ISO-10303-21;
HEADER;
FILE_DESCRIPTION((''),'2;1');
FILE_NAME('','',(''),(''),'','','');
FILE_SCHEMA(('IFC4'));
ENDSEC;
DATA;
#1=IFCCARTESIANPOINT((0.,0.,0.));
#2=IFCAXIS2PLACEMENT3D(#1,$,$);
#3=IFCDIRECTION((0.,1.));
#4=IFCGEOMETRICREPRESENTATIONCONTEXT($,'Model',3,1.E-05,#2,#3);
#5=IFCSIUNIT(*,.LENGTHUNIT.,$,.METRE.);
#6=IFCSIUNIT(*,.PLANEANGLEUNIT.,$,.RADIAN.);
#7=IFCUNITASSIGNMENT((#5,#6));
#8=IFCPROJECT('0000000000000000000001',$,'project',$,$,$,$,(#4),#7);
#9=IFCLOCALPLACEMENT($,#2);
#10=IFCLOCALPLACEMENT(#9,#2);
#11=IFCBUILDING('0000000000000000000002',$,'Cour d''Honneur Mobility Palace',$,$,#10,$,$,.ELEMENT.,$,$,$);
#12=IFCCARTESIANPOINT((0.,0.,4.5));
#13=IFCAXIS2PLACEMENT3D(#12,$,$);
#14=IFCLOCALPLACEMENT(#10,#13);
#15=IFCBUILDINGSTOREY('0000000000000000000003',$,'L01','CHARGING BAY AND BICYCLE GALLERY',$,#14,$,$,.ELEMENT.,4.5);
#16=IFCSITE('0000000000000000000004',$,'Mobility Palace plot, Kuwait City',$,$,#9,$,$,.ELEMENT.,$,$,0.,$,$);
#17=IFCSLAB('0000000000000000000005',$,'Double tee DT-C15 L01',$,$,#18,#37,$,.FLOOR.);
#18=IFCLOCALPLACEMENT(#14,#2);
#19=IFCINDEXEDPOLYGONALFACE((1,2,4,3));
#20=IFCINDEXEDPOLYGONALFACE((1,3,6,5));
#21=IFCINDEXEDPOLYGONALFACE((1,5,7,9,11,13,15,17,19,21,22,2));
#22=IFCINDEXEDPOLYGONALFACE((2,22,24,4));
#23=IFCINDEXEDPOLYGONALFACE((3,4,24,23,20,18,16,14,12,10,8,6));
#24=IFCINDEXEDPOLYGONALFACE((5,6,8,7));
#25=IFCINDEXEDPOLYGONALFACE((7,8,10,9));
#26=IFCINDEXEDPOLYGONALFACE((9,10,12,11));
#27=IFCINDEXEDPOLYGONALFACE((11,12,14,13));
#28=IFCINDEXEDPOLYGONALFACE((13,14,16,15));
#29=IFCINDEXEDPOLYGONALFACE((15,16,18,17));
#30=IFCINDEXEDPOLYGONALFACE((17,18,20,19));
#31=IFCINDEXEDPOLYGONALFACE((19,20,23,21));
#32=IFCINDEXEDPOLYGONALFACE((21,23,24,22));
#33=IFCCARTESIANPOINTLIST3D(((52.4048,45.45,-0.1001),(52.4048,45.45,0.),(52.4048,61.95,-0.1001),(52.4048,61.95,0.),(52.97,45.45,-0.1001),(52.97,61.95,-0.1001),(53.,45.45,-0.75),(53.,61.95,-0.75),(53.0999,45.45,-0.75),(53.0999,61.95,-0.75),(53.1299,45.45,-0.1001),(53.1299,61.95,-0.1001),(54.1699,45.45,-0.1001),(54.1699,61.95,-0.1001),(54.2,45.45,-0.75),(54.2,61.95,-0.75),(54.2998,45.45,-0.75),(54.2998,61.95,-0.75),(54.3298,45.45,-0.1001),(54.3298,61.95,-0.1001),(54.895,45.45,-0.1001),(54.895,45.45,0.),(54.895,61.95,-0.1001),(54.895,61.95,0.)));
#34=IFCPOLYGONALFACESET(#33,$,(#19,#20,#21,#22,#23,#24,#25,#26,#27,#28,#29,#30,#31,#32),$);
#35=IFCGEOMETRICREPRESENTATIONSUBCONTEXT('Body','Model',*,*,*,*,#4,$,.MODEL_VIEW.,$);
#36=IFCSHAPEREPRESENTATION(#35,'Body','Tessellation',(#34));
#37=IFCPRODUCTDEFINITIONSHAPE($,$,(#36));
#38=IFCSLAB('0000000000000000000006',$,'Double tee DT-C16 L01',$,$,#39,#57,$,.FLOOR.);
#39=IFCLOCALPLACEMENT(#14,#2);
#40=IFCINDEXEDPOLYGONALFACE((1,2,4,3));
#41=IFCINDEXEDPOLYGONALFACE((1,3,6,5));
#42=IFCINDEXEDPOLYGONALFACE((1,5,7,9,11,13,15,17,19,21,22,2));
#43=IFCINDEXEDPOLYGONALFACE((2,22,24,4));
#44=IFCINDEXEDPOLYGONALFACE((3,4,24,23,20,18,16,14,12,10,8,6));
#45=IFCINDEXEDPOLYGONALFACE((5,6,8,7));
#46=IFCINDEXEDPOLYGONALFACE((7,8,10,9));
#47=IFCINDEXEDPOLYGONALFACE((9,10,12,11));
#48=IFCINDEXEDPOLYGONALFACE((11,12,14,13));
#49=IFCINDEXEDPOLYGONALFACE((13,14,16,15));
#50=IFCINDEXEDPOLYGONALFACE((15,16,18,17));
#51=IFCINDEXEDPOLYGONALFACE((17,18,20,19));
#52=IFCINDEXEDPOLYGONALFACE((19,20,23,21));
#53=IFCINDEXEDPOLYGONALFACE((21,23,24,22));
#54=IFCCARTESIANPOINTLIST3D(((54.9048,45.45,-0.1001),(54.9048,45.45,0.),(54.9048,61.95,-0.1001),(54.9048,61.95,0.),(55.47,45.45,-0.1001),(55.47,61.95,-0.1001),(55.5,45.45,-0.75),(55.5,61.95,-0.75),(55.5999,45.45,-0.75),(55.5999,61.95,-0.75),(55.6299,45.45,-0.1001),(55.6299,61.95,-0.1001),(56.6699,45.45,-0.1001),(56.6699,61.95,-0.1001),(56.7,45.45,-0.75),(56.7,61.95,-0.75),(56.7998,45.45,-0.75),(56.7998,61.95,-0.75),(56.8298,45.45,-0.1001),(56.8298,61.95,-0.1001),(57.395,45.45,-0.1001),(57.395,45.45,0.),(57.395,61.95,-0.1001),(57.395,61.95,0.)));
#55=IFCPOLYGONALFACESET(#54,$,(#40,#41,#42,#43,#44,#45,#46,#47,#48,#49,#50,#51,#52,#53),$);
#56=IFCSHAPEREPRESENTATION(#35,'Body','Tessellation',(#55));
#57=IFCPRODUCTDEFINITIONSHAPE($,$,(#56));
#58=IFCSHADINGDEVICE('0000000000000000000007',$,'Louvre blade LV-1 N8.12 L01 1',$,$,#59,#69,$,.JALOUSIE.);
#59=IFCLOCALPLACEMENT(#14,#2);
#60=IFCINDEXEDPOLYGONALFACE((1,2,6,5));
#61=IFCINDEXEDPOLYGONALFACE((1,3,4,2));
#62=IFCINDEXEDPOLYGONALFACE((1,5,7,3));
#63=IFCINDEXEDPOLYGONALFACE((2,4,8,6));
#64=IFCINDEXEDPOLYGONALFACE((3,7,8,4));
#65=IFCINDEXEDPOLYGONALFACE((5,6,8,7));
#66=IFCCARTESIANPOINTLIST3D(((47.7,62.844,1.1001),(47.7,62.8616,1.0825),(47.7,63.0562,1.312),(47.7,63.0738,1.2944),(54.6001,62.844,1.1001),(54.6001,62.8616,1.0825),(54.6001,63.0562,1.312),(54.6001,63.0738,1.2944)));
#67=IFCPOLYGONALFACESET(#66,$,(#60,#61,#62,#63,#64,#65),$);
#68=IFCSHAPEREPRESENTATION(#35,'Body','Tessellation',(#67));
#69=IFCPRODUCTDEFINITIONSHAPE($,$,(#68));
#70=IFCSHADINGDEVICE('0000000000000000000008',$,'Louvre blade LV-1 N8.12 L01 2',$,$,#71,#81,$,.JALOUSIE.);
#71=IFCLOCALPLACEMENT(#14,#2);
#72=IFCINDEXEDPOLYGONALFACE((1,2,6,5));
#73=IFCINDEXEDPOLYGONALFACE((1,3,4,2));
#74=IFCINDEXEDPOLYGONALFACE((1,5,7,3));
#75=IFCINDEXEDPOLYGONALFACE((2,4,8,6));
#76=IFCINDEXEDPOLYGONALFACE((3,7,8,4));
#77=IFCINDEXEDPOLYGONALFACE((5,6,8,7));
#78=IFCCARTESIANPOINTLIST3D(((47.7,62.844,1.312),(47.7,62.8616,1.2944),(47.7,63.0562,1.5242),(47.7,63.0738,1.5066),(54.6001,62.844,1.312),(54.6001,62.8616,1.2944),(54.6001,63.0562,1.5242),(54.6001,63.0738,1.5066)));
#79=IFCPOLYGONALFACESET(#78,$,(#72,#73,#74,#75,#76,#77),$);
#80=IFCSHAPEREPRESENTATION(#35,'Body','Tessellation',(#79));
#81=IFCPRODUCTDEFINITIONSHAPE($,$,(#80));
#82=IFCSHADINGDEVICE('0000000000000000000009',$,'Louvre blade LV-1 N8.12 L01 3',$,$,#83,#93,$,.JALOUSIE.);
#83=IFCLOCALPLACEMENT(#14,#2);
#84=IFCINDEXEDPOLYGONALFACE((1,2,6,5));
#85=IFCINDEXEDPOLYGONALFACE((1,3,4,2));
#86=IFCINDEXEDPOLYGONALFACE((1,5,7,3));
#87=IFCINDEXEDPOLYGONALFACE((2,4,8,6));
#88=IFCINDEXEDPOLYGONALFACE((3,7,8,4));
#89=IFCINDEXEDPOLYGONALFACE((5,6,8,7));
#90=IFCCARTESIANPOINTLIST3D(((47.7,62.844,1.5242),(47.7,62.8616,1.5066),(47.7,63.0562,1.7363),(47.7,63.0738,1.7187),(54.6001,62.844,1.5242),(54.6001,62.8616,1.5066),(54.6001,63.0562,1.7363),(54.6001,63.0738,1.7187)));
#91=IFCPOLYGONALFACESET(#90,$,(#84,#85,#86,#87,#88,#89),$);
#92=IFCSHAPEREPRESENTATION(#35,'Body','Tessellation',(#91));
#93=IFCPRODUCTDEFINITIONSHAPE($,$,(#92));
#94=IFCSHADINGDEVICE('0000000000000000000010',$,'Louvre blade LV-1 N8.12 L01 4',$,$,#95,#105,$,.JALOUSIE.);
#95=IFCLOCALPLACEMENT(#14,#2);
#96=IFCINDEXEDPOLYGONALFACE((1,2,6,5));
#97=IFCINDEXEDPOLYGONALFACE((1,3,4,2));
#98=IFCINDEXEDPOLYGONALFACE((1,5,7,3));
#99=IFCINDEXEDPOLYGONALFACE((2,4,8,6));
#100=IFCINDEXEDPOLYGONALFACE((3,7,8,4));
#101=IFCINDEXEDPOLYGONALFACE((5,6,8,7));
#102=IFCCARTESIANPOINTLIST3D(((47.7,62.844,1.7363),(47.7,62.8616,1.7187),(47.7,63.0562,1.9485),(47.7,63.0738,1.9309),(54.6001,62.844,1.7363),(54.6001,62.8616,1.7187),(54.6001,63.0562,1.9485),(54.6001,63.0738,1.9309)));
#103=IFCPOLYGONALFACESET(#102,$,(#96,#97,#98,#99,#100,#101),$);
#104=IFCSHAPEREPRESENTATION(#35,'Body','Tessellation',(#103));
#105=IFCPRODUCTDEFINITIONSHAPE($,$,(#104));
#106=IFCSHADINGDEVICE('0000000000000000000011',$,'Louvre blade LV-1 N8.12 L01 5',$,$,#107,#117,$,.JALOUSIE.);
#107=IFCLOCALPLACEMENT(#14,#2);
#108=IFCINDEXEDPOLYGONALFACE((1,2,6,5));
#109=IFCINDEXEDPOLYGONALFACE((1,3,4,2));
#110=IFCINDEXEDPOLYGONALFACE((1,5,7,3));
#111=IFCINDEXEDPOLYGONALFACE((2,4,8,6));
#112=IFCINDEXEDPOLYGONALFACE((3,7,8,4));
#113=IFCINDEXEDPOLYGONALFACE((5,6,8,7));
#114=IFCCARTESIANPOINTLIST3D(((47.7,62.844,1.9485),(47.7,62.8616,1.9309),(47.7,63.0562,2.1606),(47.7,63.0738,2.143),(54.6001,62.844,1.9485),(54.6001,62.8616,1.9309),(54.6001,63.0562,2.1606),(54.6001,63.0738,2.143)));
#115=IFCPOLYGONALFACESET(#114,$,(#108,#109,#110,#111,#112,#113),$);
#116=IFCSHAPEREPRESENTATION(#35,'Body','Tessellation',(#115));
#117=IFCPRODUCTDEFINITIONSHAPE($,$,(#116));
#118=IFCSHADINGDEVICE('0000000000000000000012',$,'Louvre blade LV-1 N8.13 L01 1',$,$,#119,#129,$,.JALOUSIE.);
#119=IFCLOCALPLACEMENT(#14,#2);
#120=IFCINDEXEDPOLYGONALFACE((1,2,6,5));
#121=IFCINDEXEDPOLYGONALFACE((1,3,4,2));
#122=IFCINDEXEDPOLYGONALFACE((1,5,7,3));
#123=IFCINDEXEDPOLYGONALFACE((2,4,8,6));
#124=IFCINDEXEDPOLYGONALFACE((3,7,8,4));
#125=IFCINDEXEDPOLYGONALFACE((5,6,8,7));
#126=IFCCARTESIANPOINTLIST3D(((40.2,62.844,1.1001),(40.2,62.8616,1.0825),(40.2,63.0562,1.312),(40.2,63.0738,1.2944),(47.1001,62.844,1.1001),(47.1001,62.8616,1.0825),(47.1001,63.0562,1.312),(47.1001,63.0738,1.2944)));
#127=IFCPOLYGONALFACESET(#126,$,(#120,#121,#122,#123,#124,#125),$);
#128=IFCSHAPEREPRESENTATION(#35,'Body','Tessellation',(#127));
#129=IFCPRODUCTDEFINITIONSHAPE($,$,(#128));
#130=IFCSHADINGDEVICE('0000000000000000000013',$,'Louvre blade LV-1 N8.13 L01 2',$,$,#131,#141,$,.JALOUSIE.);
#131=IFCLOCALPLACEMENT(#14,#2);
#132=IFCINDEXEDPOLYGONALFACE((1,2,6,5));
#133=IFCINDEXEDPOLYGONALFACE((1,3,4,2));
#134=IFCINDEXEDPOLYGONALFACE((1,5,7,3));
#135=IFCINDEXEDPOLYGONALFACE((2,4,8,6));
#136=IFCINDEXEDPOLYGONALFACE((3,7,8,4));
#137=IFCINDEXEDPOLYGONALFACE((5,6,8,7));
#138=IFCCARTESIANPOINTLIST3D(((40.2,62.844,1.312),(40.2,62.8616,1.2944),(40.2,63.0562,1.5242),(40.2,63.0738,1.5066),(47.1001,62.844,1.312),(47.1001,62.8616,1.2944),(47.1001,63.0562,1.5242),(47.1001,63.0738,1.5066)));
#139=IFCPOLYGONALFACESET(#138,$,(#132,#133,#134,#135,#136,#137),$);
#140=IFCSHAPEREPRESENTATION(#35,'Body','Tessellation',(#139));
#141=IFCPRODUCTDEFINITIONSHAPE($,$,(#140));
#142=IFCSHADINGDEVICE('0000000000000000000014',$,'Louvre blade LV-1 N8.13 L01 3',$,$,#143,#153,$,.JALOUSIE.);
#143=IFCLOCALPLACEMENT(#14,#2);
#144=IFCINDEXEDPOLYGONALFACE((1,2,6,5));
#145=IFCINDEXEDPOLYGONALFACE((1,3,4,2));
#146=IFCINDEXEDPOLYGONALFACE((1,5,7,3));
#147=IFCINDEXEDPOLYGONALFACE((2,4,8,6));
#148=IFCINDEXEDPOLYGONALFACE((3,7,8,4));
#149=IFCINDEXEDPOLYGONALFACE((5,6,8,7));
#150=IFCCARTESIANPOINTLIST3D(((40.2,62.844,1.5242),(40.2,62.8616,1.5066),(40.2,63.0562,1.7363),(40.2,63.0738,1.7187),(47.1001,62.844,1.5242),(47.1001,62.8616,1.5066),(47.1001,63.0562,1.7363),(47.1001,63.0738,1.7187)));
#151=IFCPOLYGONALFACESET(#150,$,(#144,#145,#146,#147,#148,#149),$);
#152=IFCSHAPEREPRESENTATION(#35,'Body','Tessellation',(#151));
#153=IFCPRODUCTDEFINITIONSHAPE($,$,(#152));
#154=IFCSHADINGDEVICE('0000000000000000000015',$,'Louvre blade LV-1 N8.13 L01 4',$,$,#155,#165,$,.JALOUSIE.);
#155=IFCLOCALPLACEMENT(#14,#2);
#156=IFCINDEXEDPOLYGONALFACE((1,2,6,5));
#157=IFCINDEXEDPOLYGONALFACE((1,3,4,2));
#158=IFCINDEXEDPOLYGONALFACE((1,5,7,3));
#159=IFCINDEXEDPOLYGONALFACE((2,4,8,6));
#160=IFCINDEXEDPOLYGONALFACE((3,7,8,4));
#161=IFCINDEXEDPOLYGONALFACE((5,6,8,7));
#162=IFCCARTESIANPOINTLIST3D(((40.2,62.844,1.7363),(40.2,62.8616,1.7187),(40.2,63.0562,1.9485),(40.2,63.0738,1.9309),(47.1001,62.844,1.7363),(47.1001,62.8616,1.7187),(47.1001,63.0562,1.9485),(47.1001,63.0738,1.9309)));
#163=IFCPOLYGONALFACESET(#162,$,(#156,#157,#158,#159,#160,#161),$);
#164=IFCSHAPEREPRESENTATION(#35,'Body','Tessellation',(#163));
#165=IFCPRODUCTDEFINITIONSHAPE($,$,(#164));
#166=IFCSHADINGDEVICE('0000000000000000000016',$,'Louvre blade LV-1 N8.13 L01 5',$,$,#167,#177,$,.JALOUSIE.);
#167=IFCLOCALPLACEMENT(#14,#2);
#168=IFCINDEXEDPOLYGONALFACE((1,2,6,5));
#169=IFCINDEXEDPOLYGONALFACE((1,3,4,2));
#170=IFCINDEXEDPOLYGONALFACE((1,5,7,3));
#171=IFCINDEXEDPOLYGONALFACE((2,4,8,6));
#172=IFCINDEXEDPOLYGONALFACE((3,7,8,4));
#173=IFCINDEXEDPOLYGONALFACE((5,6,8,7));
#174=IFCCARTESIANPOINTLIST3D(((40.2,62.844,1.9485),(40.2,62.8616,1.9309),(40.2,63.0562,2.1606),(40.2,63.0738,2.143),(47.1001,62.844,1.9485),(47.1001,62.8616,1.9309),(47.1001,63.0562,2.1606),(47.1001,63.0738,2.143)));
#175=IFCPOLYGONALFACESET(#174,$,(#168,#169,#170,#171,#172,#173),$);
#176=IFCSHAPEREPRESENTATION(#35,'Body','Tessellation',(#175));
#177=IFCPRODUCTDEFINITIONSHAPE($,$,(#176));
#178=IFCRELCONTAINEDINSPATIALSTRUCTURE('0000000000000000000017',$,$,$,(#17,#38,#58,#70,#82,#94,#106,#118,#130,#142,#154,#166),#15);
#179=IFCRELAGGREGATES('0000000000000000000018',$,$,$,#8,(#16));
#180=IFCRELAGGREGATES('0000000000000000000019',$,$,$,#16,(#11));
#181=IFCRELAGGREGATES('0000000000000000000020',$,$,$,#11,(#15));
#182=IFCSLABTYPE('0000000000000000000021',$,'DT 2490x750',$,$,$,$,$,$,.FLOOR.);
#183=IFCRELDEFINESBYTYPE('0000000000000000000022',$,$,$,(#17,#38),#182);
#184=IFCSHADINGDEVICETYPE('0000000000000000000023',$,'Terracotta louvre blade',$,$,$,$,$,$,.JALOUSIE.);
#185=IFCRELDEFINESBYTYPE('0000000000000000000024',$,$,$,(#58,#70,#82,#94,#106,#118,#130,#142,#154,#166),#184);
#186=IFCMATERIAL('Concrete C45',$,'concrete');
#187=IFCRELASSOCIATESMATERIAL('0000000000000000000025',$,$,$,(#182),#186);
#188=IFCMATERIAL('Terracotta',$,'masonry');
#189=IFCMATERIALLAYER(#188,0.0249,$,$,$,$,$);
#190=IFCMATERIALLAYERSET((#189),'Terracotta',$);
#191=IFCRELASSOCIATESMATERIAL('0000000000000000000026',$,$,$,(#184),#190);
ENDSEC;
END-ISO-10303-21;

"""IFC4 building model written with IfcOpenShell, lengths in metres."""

from ifc_helpers import new_model, si_unit, direction, frame, origin, place, context, subcontext, project, spatial, polyline, outline, extrude, material, layer, layer_set, material_profile, profile_set, type_object, element, save


model = new_model("IFC4")

# Units and contexts
model_context = context("Model", 3, precision=1e-05, world=origin(), true_north=direction((0.0, 1.0)))
body_context = subcontext(model_context, "Body", "Model", "MODEL_VIEW")
ifc_project = project(units=[si_unit("LENGTHUNIT", "METRE"), si_unit("PLANEANGLEUNIT", "RADIAN")], contexts=[model_context])

# Site, building, storey
site_placement = place(None, origin())
site = spatial("IfcSite", under=ifc_project, at=site_placement, Name="Mobility Palace plot, Kuwait City", CompositionType="ELEMENT", RefElevation=0.0)
building_placement = place(site_placement, origin())
building = spatial("IfcBuilding", under=site, at=building_placement, Name="Cour d'Honneur Mobility Palace", CompositionType="ELEMENT")
storey_placement = place(building_placement, frame((0.0, 0.0, 4.5)))
storey = spatial("IfcBuildingStorey", under=building, at=storey_placement, Name="L01", Description="CHARGING BAY AND BICYCLE GALLERY", CompositionType="ELEMENT", Elevation=4.5)

# Slabs
ifc_material_1 = material(Name="Concrete C45", Category="concrete")
ifc_material_profile_1 = material_profile(ifc_material_1, outline(polyline([(-1.2451, 0.0), (1.2451, 0.0), (1.2451, -0.1001), (0.6799, -0.1001), (0.6499, -0.75), (0.55, -0.75), (0.52, -0.1001), (-0.52, -0.1001), (-0.55, -0.75), (-0.6499, -0.75), (-0.6799, -0.1001), (-1.2451, -0.1001), (-1.2451, 0.0)])), Name="DT 2490x750")
ifc_profile_set_1 = profile_set([ifc_material_profile_1], Name="Concrete C45")
slab_type = type_object("IfcSlabType", Name="DT 2490x750", PredefinedType="FLOOR", material=ifc_profile_set_1)
for number, where, z_axis, x_axis, name in (
    (1, (53.6499, 45.45, 0.0), (0.0, 1.0, 0.0), (-1.0, 0.0, 0.0), "Double tee DT-C15 L01"),
    (2, (56.1499, 45.45, 0.0), (0.0, 1.0, 0.0), (-1.0, 0.0, 0.0), "Double tee DT-C16 L01"),
):
    element("IfcSlab", number, at=place(storey_placement, frame(where, z_axis=z_axis, x_axis=x_axis)), inside=storey, type_object=slab_type, Name=name, PredefinedType="FLOOR", context=body_context, shape_type="SweptSolid", body=[
        extrude(outline(polyline([(-1.2451, 0.0), (1.2451, 0.0), (1.2451, -0.1001), (0.6799, -0.1001), (0.6499, -0.75), (0.55, -0.75), (0.52, -0.1001), (-0.52, -0.1001), (-0.55, -0.75), (-0.6499, -0.75), (-0.6799, -0.1001), (-1.2451, -0.1001), (-1.2451, 0.0)])), origin(), (0.0, 0.0, 1.0), 16.5),
    ])

# Shading devices
ifc_material_2 = material(Name="Terracotta", Category="masonry")
ifc_layer = layer(ifc_material_2, 0.0249)
ifc_layer_set = layer_set([ifc_layer], Name="Terracotta")
shading_device_type = type_object("IfcShadingDeviceType", Name="Terracotta louvre blade", PredefinedType="JALOUSIE", material=ifc_layer_set)
shading_device_1_placement = place(storey_placement, frame((54.6001, 62.844, 1.1001), z_axis=(0.0, -0.7067, 0.707514), x_axis=(-1.0, 0.0, 0.0)))
element("IfcShadingDevice", 3, at=shading_device_1_placement, inside=storey, type_object=shading_device_type, Name="Louvre blade LV-1 N8.12 L01 1", PredefinedType="JALOUSIE", context=body_context, shape_type="SweptSolid", body=[
    extrude(outline(polyline([(0.0, 0.0), (6.9001, 0.0), (6.9001, -0.2999), (0.0, -0.2999), (0.0, 0.0)])), origin(), (0.0, 0.0, -1.0), 0.0249),
])
for number, where, z_axis, x_axis, name in (
    (4, (54.6001, 62.844, 1.312), (0.0, -0.707107, 0.707107), (-1.0, 0.0, 0.0), "Louvre blade LV-1 N8.12 L01 2"),
    (5, (54.6001, 62.844, 1.5242), (0.0, -0.707107, 0.707107), (-1.0, 0.0, 0.0), "Louvre blade LV-1 N8.12 L01 3"),
    (6, (54.6001, 62.844, 1.7363), (0.0, -0.707107, 0.707107), (-1.0, 0.0, 0.0), "Louvre blade LV-1 N8.12 L01 4"),
    (7, (54.6001, 62.844, 1.9485), (0.0, -0.707107, 0.707107), (-1.0, 0.0, 0.0), "Louvre blade LV-1 N8.12 L01 5"),
):
    element("IfcShadingDevice", number, at=place(storey_placement, frame(where, z_axis=z_axis, x_axis=x_axis)), inside=storey, type_object=shading_device_type, Name=name, PredefinedType="JALOUSIE", context=body_context, shape_type="SweptSolid", body=[
        extrude(outline(polyline([(0.0, 0.0), (6.9001, 0.0), (6.9001, -0.3), (0.0, -0.3), (0.0, 0.0)])), origin(), (0.0, 0.0, -1.0), 0.0249),
    ])
shading_device_2_placement = place(storey_placement, frame((47.1001, 62.844, 1.1001), z_axis=(0.0, -0.7067, 0.707514), x_axis=(-1.0, 0.0, 0.0)))
element("IfcShadingDevice", 8, at=shading_device_2_placement, inside=storey, type_object=shading_device_type, Name="Louvre blade LV-1 N8.13 L01 1", PredefinedType="JALOUSIE", context=body_context, shape_type="SweptSolid", body=[
    extrude(outline(polyline([(0.0, 0.0), (6.9001, 0.0), (6.9001, -0.2999), (0.0, -0.2999), (0.0, 0.0)])), origin(), (0.0, 0.0, -1.0), 0.0249),
])
for number, where, z_axis, x_axis, name in (
    (9, (47.1001, 62.844, 1.312), (0.0, -0.707107, 0.707107), (-1.0, 0.0, 0.0), "Louvre blade LV-1 N8.13 L01 2"),
    (10, (47.1001, 62.844, 1.5242), (0.0, -0.707107, 0.707107), (-1.0, 0.0, 0.0), "Louvre blade LV-1 N8.13 L01 3"),
    (11, (47.1001, 62.844, 1.7363), (0.0, -0.707107, 0.707107), (-1.0, 0.0, 0.0), "Louvre blade LV-1 N8.13 L01 4"),
    (12, (47.1001, 62.844, 1.9485), (0.0, -0.707107, 0.707107), (-1.0, 0.0, 0.0), "Louvre blade LV-1 N8.13 L01 5"),
):
    element("IfcShadingDevice", number, at=place(storey_placement, frame(where, z_axis=z_axis, x_axis=x_axis)), inside=storey, type_object=shading_device_type, Name=name, PredefinedType="JALOUSIE", context=body_context, shape_type="SweptSolid", body=[
        extrude(outline(polyline([(0.0, 0.0), (6.9001, 0.0), (6.9001, -0.3), (0.0, -0.3), (0.0, 0.0)])), origin(), (0.0, 0.0, -1.0), 0.0249),
    ])

save(model, "model.ifc")
